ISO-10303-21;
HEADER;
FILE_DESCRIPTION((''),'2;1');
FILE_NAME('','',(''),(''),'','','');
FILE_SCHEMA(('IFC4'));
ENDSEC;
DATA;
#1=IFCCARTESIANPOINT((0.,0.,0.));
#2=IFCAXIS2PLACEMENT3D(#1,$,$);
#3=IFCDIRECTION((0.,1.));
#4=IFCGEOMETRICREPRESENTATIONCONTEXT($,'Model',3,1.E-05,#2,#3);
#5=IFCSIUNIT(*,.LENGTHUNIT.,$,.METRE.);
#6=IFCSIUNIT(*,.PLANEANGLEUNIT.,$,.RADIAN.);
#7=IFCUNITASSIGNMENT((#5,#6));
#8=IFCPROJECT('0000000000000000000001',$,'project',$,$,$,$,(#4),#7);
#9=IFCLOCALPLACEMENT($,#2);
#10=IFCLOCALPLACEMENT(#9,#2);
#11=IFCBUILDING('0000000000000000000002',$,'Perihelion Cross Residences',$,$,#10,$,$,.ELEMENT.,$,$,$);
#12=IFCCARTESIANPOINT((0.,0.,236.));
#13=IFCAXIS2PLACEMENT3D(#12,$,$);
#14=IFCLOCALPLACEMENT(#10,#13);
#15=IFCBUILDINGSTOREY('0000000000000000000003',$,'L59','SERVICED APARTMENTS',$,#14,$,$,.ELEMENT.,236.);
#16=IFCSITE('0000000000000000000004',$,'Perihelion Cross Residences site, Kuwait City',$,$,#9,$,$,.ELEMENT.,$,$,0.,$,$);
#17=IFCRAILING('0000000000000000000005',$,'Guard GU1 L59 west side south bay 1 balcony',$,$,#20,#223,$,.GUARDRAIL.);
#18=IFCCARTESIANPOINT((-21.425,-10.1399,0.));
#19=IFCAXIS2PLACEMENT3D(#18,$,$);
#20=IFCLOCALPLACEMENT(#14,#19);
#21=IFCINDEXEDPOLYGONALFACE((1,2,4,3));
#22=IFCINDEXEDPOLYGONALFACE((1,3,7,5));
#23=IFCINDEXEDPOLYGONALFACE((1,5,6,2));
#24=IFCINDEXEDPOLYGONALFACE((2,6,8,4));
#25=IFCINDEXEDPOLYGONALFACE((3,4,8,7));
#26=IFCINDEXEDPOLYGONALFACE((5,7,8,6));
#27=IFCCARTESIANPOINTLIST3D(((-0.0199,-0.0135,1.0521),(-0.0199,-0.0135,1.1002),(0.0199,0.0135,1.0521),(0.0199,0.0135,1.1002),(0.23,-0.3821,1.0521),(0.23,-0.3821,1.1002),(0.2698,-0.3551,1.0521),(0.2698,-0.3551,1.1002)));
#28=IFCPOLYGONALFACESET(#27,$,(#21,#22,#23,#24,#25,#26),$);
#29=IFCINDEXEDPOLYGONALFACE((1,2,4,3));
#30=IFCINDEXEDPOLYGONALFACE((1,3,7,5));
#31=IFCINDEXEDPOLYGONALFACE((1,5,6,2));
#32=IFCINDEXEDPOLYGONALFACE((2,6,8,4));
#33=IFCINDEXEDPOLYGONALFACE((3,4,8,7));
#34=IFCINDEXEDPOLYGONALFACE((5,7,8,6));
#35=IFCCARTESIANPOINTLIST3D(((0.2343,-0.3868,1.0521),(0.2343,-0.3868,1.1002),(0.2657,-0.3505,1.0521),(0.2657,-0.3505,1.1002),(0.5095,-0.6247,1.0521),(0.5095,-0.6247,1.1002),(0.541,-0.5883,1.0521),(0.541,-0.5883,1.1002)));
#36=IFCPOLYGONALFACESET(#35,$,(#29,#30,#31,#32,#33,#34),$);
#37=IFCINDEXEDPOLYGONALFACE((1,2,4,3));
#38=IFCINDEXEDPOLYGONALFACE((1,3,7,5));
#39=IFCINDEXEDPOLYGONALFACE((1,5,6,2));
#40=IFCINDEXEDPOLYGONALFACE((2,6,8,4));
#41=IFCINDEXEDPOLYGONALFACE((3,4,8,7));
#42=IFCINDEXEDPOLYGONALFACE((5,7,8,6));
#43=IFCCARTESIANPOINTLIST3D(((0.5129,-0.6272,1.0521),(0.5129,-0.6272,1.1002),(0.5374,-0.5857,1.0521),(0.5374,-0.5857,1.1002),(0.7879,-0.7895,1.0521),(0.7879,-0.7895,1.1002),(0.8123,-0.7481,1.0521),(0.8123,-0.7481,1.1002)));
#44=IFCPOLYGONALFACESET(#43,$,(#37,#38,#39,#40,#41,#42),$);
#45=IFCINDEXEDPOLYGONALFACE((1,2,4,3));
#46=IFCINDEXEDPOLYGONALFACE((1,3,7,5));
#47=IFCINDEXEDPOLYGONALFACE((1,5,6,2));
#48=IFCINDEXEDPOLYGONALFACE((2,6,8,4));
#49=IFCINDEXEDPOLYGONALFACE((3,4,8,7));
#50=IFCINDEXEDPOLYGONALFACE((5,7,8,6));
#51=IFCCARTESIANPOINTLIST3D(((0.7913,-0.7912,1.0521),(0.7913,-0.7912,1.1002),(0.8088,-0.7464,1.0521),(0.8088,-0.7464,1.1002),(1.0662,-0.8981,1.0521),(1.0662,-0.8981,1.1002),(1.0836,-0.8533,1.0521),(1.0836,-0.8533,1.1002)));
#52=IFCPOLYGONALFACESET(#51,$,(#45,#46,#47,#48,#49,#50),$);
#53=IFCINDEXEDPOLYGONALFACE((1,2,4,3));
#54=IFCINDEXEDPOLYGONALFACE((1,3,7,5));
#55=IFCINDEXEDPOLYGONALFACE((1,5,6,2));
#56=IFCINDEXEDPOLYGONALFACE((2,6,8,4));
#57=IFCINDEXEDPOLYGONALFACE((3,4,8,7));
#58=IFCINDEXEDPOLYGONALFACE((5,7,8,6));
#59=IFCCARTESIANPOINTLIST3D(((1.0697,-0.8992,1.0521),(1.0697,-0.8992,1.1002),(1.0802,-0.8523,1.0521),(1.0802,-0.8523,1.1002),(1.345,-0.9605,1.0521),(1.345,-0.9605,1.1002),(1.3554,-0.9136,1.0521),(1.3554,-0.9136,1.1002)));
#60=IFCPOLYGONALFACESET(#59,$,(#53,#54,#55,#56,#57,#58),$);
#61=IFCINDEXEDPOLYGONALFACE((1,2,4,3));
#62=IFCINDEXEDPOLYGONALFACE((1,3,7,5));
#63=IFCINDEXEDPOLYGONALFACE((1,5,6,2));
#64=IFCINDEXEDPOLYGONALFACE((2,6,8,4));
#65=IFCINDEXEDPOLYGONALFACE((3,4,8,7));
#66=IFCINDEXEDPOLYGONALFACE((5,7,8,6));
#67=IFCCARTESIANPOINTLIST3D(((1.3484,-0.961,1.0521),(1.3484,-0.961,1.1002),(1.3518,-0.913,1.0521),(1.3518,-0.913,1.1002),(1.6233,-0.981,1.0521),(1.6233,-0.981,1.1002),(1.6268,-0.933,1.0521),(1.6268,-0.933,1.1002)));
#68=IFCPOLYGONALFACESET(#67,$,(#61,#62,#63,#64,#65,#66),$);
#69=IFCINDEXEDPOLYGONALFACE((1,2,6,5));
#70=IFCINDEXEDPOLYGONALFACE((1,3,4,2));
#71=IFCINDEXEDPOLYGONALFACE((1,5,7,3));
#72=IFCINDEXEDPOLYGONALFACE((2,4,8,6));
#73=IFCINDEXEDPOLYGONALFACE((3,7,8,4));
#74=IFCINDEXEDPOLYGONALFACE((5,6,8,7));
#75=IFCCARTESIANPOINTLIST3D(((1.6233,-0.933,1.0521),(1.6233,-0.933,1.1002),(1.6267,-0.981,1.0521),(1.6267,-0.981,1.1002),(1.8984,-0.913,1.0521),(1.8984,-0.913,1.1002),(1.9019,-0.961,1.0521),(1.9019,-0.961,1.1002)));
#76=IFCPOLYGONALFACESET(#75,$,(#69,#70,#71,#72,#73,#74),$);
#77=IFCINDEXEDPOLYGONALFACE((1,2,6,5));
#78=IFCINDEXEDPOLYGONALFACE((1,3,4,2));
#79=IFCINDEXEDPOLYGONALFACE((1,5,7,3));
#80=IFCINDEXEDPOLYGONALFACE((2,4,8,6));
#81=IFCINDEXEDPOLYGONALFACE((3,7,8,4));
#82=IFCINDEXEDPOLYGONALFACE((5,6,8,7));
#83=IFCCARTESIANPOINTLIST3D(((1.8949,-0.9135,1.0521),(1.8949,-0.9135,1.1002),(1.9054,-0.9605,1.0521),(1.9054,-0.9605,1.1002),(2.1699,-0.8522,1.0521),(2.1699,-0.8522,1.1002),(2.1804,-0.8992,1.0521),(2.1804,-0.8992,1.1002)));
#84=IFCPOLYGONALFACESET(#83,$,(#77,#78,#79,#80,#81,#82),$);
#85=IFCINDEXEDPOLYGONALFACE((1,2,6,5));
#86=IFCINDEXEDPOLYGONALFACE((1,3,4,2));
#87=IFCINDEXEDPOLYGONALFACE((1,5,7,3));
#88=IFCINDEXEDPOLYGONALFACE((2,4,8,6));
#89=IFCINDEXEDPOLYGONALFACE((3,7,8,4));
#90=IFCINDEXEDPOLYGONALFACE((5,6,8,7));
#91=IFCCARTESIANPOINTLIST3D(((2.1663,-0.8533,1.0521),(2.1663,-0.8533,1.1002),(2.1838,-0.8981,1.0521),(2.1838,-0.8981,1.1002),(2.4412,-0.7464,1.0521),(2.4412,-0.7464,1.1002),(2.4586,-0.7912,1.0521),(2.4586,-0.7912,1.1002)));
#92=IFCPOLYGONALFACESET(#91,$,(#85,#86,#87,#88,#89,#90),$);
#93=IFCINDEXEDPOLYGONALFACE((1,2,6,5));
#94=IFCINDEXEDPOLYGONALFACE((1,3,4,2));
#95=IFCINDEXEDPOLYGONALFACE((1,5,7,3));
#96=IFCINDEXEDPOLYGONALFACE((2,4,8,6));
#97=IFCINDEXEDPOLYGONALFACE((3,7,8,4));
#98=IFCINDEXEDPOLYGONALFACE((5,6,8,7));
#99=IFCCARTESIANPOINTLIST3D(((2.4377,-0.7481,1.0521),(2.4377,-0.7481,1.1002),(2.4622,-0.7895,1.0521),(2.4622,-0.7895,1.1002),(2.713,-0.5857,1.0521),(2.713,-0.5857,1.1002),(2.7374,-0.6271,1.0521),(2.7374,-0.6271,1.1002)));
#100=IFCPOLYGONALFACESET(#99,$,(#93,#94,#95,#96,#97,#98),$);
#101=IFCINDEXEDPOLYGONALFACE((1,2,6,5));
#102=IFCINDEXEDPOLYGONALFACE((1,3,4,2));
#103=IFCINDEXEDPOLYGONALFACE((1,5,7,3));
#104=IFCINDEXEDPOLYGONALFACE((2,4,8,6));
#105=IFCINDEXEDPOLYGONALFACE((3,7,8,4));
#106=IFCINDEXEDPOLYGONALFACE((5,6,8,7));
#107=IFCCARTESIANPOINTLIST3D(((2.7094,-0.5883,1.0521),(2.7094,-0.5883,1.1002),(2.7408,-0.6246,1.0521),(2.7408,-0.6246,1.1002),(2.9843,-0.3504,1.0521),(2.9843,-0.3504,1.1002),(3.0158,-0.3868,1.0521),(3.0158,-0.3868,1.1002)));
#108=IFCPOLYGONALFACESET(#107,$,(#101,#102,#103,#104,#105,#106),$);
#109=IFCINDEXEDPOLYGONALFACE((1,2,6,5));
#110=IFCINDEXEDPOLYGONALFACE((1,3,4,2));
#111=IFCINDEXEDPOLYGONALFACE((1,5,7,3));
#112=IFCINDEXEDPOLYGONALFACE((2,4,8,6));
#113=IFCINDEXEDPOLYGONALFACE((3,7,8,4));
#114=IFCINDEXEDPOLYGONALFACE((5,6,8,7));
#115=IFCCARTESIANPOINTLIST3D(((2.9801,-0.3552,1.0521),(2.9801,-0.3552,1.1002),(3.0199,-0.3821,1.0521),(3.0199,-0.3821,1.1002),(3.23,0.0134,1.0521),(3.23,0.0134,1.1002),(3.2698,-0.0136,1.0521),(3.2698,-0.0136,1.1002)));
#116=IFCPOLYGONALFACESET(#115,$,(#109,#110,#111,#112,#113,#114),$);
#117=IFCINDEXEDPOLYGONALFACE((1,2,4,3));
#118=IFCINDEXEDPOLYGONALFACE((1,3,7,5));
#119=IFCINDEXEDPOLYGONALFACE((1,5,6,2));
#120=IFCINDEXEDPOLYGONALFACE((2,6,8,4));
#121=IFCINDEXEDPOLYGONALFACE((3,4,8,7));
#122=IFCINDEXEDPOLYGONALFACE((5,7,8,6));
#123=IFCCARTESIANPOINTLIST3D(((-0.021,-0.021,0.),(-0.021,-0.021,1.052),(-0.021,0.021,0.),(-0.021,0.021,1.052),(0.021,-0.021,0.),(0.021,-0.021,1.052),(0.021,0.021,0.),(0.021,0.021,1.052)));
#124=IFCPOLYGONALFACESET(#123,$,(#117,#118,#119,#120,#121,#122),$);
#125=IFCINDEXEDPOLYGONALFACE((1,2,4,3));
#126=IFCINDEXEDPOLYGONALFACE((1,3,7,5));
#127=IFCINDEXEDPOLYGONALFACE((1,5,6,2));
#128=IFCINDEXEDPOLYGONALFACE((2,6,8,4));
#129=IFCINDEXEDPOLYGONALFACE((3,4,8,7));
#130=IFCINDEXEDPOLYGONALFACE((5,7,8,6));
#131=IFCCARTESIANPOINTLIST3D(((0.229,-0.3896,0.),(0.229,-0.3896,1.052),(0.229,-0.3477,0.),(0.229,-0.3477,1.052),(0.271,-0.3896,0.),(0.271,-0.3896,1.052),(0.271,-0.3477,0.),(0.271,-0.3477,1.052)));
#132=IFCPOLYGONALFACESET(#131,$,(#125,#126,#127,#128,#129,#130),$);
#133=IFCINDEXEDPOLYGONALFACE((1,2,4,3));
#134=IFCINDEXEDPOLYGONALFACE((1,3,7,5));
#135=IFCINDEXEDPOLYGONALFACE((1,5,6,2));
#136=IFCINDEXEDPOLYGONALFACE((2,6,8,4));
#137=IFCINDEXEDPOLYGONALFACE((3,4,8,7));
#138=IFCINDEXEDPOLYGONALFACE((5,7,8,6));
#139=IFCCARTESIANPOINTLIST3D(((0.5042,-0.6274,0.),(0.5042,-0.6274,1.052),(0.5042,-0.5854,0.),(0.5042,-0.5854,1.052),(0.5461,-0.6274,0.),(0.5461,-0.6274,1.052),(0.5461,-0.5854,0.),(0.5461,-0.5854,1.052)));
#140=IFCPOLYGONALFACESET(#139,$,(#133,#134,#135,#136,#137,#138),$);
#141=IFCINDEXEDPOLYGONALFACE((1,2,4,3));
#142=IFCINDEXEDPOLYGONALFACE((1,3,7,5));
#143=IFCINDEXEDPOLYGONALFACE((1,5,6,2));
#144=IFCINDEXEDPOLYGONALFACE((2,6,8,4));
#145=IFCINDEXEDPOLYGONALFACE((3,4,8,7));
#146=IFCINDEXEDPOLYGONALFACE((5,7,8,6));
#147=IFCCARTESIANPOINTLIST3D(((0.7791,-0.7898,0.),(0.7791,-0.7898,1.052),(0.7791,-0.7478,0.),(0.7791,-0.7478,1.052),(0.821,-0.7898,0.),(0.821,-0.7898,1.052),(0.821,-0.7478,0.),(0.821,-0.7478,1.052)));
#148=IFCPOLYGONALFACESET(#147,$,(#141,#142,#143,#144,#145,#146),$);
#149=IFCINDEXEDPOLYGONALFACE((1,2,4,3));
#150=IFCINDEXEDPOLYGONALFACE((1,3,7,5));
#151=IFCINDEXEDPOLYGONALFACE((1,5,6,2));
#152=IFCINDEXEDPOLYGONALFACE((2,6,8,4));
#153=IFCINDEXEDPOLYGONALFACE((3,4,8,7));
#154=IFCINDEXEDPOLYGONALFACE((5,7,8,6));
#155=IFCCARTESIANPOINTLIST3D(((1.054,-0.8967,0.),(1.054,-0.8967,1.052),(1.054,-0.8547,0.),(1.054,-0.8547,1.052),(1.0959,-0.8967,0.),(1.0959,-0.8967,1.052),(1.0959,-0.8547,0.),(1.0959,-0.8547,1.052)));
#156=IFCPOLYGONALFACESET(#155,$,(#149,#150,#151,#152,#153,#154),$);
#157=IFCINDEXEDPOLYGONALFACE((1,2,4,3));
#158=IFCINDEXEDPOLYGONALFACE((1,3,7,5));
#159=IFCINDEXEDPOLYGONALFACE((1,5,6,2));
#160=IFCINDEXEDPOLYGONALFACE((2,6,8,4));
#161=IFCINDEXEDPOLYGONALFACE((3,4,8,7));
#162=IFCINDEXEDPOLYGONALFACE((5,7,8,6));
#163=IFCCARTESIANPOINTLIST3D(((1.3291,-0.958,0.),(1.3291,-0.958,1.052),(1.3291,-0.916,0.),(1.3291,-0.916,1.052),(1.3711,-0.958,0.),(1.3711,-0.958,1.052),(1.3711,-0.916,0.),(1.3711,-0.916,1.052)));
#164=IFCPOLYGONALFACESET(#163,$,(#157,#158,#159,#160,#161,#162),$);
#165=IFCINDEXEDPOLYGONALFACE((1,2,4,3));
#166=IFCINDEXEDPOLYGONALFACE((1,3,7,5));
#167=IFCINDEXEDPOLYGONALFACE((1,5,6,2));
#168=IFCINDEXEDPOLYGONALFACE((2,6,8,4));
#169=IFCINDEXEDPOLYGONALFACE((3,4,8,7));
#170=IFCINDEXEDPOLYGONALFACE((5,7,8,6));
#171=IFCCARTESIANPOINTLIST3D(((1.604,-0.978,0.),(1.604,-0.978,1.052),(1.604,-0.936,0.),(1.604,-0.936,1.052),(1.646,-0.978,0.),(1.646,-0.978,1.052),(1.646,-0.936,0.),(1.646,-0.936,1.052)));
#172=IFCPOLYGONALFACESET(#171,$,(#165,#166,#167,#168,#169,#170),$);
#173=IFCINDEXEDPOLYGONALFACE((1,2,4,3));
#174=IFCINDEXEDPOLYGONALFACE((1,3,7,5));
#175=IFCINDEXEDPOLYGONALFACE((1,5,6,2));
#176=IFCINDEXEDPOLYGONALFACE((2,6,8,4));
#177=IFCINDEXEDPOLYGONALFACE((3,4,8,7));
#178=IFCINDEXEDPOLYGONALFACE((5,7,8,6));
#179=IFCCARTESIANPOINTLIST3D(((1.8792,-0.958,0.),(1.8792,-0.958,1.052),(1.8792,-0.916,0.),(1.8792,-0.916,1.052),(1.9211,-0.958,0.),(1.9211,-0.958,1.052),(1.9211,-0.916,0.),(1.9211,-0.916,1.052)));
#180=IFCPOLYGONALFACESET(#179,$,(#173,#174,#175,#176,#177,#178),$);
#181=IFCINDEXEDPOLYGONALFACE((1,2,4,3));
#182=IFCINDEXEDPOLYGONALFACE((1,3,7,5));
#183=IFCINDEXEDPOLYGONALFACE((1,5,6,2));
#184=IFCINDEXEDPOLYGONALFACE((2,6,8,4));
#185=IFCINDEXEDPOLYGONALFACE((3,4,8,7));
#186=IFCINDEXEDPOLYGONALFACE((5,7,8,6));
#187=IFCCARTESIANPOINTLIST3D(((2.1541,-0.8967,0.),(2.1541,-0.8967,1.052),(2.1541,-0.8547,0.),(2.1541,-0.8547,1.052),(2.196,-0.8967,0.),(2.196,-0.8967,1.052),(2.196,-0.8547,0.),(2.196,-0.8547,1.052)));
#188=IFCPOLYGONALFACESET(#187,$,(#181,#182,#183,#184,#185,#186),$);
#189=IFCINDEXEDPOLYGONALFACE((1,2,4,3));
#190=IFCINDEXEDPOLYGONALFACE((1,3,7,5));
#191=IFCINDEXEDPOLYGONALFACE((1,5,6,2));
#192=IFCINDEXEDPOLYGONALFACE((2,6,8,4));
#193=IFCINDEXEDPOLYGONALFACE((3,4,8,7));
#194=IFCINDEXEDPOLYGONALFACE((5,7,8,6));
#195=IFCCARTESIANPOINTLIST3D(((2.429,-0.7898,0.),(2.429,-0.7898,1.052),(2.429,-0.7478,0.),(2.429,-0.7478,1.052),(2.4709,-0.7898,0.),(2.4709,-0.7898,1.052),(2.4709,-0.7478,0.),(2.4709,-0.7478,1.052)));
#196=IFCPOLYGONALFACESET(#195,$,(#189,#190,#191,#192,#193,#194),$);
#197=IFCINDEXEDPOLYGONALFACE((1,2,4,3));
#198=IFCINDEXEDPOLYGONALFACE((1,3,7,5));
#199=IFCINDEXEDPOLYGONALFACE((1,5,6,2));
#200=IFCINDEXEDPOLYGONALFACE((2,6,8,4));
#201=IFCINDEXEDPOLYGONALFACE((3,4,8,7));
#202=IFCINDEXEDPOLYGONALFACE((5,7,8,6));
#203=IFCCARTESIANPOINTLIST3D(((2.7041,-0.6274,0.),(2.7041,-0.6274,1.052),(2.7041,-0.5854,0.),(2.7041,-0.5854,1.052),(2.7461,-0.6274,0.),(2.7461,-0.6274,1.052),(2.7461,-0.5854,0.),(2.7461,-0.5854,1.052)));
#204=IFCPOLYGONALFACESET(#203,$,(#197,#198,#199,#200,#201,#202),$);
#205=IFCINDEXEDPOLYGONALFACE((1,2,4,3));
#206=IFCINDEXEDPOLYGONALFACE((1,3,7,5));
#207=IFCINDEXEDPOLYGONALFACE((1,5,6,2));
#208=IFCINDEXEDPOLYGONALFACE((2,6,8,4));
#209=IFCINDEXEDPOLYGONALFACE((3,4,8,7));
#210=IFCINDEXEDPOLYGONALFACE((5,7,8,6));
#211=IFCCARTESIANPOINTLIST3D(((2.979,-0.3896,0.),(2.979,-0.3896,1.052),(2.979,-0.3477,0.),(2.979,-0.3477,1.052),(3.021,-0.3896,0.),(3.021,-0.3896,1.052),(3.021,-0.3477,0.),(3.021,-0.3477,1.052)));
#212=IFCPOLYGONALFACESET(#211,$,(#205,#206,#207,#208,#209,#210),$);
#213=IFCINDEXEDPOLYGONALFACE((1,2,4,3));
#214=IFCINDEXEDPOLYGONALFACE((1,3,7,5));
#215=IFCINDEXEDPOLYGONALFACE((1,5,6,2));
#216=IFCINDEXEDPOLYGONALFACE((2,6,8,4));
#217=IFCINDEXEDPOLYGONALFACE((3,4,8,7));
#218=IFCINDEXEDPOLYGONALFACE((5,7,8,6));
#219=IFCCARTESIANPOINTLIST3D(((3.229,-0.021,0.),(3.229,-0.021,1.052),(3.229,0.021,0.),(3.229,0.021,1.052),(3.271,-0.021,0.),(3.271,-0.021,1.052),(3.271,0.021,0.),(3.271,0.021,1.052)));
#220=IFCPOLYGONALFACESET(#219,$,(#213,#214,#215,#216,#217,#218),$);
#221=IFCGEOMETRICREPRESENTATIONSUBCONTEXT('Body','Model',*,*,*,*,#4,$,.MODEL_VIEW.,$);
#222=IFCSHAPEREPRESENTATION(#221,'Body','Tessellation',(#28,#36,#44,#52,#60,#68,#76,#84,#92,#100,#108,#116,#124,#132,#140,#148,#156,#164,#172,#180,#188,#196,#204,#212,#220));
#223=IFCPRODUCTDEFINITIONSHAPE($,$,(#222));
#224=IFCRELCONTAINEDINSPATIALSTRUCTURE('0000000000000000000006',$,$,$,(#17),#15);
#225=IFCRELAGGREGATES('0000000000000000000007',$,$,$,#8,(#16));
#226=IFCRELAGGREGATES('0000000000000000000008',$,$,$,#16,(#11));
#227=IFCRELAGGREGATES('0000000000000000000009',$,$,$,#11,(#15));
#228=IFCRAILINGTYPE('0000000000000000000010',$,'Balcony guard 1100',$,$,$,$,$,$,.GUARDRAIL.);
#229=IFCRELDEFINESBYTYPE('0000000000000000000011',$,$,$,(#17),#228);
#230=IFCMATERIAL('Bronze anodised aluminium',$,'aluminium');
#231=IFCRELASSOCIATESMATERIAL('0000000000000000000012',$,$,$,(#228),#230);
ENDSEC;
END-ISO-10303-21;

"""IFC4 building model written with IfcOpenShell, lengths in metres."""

from ifc_helpers import new_model, si_unit, direction, frame, origin, origin_2d, place, context, subcontext, project, spatial, rectangle, extrude, material, type_object, element, save


model = new_model("IFC4")

# Units and contexts
model_context = context("Model", 3, precision=1e-05, world=origin(), true_north=direction((0.0, 1.0)))
body_context = subcontext(model_context, "Body", "Model", "MODEL_VIEW")
ifc_project = project(units=[si_unit("LENGTHUNIT", "METRE"), si_unit("PLANEANGLEUNIT", "RADIAN")], contexts=[model_context])

# Site, building, storey
site_placement = place(None, origin())
site = spatial("IfcSite", under=ifc_project, at=site_placement, Name="Perihelion Cross Residences site, Kuwait City", CompositionType="ELEMENT", RefElevation=0.0)
building_placement = place(site_placement, origin())
building = spatial("IfcBuilding", under=site, at=building_placement, Name="Perihelion Cross Residences", CompositionType="ELEMENT")
storey_placement = place(building_placement, frame((0.0, 0.0, 236.0)))
storey = spatial("IfcBuildingStorey", under=building, at=storey_placement, Name="L59", Description="SERVICED APARTMENTS", CompositionType="ELEMENT", Elevation=236.0)

# Railing
ifc_material_1 = material(Name="Bronze anodised aluminium", Category="aluminium")
railing_type_1 = type_object("IfcRailingType", Name="Balcony guard 1100", PredefinedType="GUARDRAIL", material=ifc_material_1)
railing_1_placement = place(storey_placement, frame((-21.425, -10.1399, 0.0)))
element("IfcRailing", 1, at=railing_1_placement, inside=storey, type_object=railing_type_1, Name="Guard GU1 L59 west side south bay 1 balcony", PredefinedType="GUARDRAIL", context=body_context, shape_type="SweptSolid", body=[
    extrude(rectangle(XDim=0.0481, YDim=0.0481, at=origin_2d()), frame((0.0, 0.0, 1.0762), z_axis=(0.56126, -0.827639, 0.0), x_axis=(0.827639, 0.56126, 0.0)), (0.0, 0.0, 1.0), 0.4453),
    extrude(rectangle(XDim=0.0481, YDim=0.0481, at=origin_2d()), frame((0.25, -0.3687, 1.0762), z_axis=(0.756597, -0.653882, 0.0), x_axis=(0.653882, 0.756597, 0.0)), (0.0, 0.0, 1.0), 0.3638),
    extrude(rectangle(XDim=0.0481, YDim=0.0481, at=origin_2d()), frame((0.5251, -0.6064, 1.0762), z_axis=(0.861048, -0.508523, 0.0), x_axis=(0.508523, 0.861048, 0.0)), (0.0, 0.0, 1.0), 0.3193),
    extrude(rectangle(XDim=0.0481, YDim=0.0481, at=origin_2d()), frame((0.8, -0.7688, 1.0762), z_axis=(0.931974, -0.362526, 0.0), x_axis=(0.362526, 0.931974, 0.0)), (0.0, 0.0, 1.0), 0.2949),
    extrude(rectangle(XDim=0.0481, YDim=0.0481, at=origin_2d()), frame((1.075, -0.8757, 1.0762), z_axis=(0.976085, -0.217389, 0.0), x_axis=(0.217389, 0.976085, 0.0)), (0.0, 0.0, 1.0), 0.282),
    extrude(rectangle(XDim=0.0481, YDim=0.0481, at=origin_2d()), frame((1.3501, -0.937, 1.0762), z_axis=(0.997359, -0.072632, 0.0), x_axis=(0.072632, 0.997359, 0.0)), (0.0, 0.0, 1.0), 0.2756),
    extrude(rectangle(XDim=0.0481, YDim=0.0481, at=origin_2d()), frame((1.625, -0.957, 1.0762), z_axis=(0.997363, 0.072568, 0.0), x_axis=(-0.072568, 0.997363, 0.0)), (0.0, 0.0, 1.0), 0.2759),
    extrude(rectangle(XDim=0.0481, YDim=0.0481, at=origin_2d()), frame((1.9001, -0.937, 1.0762), z_axis=(0.976044, 0.217573, 0.0), x_axis=(-0.217573, 0.976044, 0.0)), (0.0, 0.0, 1.0), 0.2817),
    extrude(rectangle(XDim=0.0481, YDim=0.0481, at=origin_2d()), frame((2.175, -0.8757, 1.0762), z_axis=(0.931974, 0.362526, 0.0), x_axis=(-0.362526, 0.931974, 0.0)), (0.0, 0.0, 1.0), 0.2949),
    extrude(rectangle(XDim=0.0481, YDim=0.0481, at=origin_2d()), frame((2.45, -0.7688, 1.0762), z_axis=(0.861246, 0.508189, 0.0), x_axis=(-0.508189, 0.861246, 0.0)), (0.0, 0.0, 1.0), 0.3196),
    extrude(rectangle(XDim=0.0481, YDim=0.0481, at=origin_2d()), frame((2.7251, -0.6064, 1.0762), z_axis=(0.756309, 0.654214, 0.0), x_axis=(-0.654214, 0.756309, 0.0)), (0.0, 0.0, 1.0), 0.3635),
    extrude(rectangle(XDim=0.0481, YDim=0.0481, at=origin_2d()), frame((3.0, -0.3687, 1.0762), z_axis=(0.56126, 0.827639, 0.0), x_axis=(-0.827639, 0.56126, 0.0)), (0.0, 0.0, 1.0), 0.4453),
    extrude(rectangle(XDim=0.042, YDim=0.042, at=origin_2d()), origin(), (0.0, 0.0, 1.0), 1.052),
    extrude(rectangle(XDim=0.042, YDim=0.042, at=origin_2d()), frame((0.25, -0.3687, 0.0)), (0.0, 0.0, 1.0), 1.052),
    extrude(rectangle(XDim=0.042, YDim=0.042, at=origin_2d()), frame((0.5251, -0.6064, 0.0)), (0.0, 0.0, 1.0), 1.052),
    extrude(rectangle(XDim=0.042, YDim=0.042, at=origin_2d()), frame((0.8, -0.7688, 0.0)), (0.0, 0.0, 1.0), 1.052),
    extrude(rectangle(XDim=0.042, YDim=0.042, at=origin_2d()), frame((1.075, -0.8757, 0.0)), (0.0, 0.0, 1.0), 1.052),
    extrude(rectangle(XDim=0.042, YDim=0.042, at=origin_2d()), frame((1.3501, -0.937, 0.0)), (0.0, 0.0, 1.0), 1.052),
    extrude(rectangle(XDim=0.042, YDim=0.042, at=origin_2d()), frame((1.625, -0.957, 0.0)), (0.0, 0.0, 1.0), 1.052),
    extrude(rectangle(XDim=0.042, YDim=0.042, at=origin_2d()), frame((1.9001, -0.937, 0.0)), (0.0, 0.0, 1.0), 1.052),
    extrude(rectangle(XDim=0.042, YDim=0.042, at=origin_2d()), frame((2.175, -0.8757, 0.0)), (0.0, 0.0, 1.0), 1.052),
    extrude(rectangle(XDim=0.042, YDim=0.042, at=origin_2d()), frame((2.45, -0.7688, 0.0)), (0.0, 0.0, 1.0), 1.052),
    extrude(rectangle(XDim=0.042, YDim=0.042, at=origin_2d()), frame((2.7251, -0.6064, 0.0)), (0.0, 0.0, 1.0), 1.052),
    extrude(rectangle(XDim=0.042, YDim=0.042, at=origin_2d()), frame((3.0, -0.3687, 0.0)), (0.0, 0.0, 1.0), 1.052),
    extrude(rectangle(XDim=0.042, YDim=0.042, at=origin_2d()), frame((3.25, 0.0, 0.0)), (0.0, 0.0, 1.0), 1.052),
])

save(model, "model.ifc")
